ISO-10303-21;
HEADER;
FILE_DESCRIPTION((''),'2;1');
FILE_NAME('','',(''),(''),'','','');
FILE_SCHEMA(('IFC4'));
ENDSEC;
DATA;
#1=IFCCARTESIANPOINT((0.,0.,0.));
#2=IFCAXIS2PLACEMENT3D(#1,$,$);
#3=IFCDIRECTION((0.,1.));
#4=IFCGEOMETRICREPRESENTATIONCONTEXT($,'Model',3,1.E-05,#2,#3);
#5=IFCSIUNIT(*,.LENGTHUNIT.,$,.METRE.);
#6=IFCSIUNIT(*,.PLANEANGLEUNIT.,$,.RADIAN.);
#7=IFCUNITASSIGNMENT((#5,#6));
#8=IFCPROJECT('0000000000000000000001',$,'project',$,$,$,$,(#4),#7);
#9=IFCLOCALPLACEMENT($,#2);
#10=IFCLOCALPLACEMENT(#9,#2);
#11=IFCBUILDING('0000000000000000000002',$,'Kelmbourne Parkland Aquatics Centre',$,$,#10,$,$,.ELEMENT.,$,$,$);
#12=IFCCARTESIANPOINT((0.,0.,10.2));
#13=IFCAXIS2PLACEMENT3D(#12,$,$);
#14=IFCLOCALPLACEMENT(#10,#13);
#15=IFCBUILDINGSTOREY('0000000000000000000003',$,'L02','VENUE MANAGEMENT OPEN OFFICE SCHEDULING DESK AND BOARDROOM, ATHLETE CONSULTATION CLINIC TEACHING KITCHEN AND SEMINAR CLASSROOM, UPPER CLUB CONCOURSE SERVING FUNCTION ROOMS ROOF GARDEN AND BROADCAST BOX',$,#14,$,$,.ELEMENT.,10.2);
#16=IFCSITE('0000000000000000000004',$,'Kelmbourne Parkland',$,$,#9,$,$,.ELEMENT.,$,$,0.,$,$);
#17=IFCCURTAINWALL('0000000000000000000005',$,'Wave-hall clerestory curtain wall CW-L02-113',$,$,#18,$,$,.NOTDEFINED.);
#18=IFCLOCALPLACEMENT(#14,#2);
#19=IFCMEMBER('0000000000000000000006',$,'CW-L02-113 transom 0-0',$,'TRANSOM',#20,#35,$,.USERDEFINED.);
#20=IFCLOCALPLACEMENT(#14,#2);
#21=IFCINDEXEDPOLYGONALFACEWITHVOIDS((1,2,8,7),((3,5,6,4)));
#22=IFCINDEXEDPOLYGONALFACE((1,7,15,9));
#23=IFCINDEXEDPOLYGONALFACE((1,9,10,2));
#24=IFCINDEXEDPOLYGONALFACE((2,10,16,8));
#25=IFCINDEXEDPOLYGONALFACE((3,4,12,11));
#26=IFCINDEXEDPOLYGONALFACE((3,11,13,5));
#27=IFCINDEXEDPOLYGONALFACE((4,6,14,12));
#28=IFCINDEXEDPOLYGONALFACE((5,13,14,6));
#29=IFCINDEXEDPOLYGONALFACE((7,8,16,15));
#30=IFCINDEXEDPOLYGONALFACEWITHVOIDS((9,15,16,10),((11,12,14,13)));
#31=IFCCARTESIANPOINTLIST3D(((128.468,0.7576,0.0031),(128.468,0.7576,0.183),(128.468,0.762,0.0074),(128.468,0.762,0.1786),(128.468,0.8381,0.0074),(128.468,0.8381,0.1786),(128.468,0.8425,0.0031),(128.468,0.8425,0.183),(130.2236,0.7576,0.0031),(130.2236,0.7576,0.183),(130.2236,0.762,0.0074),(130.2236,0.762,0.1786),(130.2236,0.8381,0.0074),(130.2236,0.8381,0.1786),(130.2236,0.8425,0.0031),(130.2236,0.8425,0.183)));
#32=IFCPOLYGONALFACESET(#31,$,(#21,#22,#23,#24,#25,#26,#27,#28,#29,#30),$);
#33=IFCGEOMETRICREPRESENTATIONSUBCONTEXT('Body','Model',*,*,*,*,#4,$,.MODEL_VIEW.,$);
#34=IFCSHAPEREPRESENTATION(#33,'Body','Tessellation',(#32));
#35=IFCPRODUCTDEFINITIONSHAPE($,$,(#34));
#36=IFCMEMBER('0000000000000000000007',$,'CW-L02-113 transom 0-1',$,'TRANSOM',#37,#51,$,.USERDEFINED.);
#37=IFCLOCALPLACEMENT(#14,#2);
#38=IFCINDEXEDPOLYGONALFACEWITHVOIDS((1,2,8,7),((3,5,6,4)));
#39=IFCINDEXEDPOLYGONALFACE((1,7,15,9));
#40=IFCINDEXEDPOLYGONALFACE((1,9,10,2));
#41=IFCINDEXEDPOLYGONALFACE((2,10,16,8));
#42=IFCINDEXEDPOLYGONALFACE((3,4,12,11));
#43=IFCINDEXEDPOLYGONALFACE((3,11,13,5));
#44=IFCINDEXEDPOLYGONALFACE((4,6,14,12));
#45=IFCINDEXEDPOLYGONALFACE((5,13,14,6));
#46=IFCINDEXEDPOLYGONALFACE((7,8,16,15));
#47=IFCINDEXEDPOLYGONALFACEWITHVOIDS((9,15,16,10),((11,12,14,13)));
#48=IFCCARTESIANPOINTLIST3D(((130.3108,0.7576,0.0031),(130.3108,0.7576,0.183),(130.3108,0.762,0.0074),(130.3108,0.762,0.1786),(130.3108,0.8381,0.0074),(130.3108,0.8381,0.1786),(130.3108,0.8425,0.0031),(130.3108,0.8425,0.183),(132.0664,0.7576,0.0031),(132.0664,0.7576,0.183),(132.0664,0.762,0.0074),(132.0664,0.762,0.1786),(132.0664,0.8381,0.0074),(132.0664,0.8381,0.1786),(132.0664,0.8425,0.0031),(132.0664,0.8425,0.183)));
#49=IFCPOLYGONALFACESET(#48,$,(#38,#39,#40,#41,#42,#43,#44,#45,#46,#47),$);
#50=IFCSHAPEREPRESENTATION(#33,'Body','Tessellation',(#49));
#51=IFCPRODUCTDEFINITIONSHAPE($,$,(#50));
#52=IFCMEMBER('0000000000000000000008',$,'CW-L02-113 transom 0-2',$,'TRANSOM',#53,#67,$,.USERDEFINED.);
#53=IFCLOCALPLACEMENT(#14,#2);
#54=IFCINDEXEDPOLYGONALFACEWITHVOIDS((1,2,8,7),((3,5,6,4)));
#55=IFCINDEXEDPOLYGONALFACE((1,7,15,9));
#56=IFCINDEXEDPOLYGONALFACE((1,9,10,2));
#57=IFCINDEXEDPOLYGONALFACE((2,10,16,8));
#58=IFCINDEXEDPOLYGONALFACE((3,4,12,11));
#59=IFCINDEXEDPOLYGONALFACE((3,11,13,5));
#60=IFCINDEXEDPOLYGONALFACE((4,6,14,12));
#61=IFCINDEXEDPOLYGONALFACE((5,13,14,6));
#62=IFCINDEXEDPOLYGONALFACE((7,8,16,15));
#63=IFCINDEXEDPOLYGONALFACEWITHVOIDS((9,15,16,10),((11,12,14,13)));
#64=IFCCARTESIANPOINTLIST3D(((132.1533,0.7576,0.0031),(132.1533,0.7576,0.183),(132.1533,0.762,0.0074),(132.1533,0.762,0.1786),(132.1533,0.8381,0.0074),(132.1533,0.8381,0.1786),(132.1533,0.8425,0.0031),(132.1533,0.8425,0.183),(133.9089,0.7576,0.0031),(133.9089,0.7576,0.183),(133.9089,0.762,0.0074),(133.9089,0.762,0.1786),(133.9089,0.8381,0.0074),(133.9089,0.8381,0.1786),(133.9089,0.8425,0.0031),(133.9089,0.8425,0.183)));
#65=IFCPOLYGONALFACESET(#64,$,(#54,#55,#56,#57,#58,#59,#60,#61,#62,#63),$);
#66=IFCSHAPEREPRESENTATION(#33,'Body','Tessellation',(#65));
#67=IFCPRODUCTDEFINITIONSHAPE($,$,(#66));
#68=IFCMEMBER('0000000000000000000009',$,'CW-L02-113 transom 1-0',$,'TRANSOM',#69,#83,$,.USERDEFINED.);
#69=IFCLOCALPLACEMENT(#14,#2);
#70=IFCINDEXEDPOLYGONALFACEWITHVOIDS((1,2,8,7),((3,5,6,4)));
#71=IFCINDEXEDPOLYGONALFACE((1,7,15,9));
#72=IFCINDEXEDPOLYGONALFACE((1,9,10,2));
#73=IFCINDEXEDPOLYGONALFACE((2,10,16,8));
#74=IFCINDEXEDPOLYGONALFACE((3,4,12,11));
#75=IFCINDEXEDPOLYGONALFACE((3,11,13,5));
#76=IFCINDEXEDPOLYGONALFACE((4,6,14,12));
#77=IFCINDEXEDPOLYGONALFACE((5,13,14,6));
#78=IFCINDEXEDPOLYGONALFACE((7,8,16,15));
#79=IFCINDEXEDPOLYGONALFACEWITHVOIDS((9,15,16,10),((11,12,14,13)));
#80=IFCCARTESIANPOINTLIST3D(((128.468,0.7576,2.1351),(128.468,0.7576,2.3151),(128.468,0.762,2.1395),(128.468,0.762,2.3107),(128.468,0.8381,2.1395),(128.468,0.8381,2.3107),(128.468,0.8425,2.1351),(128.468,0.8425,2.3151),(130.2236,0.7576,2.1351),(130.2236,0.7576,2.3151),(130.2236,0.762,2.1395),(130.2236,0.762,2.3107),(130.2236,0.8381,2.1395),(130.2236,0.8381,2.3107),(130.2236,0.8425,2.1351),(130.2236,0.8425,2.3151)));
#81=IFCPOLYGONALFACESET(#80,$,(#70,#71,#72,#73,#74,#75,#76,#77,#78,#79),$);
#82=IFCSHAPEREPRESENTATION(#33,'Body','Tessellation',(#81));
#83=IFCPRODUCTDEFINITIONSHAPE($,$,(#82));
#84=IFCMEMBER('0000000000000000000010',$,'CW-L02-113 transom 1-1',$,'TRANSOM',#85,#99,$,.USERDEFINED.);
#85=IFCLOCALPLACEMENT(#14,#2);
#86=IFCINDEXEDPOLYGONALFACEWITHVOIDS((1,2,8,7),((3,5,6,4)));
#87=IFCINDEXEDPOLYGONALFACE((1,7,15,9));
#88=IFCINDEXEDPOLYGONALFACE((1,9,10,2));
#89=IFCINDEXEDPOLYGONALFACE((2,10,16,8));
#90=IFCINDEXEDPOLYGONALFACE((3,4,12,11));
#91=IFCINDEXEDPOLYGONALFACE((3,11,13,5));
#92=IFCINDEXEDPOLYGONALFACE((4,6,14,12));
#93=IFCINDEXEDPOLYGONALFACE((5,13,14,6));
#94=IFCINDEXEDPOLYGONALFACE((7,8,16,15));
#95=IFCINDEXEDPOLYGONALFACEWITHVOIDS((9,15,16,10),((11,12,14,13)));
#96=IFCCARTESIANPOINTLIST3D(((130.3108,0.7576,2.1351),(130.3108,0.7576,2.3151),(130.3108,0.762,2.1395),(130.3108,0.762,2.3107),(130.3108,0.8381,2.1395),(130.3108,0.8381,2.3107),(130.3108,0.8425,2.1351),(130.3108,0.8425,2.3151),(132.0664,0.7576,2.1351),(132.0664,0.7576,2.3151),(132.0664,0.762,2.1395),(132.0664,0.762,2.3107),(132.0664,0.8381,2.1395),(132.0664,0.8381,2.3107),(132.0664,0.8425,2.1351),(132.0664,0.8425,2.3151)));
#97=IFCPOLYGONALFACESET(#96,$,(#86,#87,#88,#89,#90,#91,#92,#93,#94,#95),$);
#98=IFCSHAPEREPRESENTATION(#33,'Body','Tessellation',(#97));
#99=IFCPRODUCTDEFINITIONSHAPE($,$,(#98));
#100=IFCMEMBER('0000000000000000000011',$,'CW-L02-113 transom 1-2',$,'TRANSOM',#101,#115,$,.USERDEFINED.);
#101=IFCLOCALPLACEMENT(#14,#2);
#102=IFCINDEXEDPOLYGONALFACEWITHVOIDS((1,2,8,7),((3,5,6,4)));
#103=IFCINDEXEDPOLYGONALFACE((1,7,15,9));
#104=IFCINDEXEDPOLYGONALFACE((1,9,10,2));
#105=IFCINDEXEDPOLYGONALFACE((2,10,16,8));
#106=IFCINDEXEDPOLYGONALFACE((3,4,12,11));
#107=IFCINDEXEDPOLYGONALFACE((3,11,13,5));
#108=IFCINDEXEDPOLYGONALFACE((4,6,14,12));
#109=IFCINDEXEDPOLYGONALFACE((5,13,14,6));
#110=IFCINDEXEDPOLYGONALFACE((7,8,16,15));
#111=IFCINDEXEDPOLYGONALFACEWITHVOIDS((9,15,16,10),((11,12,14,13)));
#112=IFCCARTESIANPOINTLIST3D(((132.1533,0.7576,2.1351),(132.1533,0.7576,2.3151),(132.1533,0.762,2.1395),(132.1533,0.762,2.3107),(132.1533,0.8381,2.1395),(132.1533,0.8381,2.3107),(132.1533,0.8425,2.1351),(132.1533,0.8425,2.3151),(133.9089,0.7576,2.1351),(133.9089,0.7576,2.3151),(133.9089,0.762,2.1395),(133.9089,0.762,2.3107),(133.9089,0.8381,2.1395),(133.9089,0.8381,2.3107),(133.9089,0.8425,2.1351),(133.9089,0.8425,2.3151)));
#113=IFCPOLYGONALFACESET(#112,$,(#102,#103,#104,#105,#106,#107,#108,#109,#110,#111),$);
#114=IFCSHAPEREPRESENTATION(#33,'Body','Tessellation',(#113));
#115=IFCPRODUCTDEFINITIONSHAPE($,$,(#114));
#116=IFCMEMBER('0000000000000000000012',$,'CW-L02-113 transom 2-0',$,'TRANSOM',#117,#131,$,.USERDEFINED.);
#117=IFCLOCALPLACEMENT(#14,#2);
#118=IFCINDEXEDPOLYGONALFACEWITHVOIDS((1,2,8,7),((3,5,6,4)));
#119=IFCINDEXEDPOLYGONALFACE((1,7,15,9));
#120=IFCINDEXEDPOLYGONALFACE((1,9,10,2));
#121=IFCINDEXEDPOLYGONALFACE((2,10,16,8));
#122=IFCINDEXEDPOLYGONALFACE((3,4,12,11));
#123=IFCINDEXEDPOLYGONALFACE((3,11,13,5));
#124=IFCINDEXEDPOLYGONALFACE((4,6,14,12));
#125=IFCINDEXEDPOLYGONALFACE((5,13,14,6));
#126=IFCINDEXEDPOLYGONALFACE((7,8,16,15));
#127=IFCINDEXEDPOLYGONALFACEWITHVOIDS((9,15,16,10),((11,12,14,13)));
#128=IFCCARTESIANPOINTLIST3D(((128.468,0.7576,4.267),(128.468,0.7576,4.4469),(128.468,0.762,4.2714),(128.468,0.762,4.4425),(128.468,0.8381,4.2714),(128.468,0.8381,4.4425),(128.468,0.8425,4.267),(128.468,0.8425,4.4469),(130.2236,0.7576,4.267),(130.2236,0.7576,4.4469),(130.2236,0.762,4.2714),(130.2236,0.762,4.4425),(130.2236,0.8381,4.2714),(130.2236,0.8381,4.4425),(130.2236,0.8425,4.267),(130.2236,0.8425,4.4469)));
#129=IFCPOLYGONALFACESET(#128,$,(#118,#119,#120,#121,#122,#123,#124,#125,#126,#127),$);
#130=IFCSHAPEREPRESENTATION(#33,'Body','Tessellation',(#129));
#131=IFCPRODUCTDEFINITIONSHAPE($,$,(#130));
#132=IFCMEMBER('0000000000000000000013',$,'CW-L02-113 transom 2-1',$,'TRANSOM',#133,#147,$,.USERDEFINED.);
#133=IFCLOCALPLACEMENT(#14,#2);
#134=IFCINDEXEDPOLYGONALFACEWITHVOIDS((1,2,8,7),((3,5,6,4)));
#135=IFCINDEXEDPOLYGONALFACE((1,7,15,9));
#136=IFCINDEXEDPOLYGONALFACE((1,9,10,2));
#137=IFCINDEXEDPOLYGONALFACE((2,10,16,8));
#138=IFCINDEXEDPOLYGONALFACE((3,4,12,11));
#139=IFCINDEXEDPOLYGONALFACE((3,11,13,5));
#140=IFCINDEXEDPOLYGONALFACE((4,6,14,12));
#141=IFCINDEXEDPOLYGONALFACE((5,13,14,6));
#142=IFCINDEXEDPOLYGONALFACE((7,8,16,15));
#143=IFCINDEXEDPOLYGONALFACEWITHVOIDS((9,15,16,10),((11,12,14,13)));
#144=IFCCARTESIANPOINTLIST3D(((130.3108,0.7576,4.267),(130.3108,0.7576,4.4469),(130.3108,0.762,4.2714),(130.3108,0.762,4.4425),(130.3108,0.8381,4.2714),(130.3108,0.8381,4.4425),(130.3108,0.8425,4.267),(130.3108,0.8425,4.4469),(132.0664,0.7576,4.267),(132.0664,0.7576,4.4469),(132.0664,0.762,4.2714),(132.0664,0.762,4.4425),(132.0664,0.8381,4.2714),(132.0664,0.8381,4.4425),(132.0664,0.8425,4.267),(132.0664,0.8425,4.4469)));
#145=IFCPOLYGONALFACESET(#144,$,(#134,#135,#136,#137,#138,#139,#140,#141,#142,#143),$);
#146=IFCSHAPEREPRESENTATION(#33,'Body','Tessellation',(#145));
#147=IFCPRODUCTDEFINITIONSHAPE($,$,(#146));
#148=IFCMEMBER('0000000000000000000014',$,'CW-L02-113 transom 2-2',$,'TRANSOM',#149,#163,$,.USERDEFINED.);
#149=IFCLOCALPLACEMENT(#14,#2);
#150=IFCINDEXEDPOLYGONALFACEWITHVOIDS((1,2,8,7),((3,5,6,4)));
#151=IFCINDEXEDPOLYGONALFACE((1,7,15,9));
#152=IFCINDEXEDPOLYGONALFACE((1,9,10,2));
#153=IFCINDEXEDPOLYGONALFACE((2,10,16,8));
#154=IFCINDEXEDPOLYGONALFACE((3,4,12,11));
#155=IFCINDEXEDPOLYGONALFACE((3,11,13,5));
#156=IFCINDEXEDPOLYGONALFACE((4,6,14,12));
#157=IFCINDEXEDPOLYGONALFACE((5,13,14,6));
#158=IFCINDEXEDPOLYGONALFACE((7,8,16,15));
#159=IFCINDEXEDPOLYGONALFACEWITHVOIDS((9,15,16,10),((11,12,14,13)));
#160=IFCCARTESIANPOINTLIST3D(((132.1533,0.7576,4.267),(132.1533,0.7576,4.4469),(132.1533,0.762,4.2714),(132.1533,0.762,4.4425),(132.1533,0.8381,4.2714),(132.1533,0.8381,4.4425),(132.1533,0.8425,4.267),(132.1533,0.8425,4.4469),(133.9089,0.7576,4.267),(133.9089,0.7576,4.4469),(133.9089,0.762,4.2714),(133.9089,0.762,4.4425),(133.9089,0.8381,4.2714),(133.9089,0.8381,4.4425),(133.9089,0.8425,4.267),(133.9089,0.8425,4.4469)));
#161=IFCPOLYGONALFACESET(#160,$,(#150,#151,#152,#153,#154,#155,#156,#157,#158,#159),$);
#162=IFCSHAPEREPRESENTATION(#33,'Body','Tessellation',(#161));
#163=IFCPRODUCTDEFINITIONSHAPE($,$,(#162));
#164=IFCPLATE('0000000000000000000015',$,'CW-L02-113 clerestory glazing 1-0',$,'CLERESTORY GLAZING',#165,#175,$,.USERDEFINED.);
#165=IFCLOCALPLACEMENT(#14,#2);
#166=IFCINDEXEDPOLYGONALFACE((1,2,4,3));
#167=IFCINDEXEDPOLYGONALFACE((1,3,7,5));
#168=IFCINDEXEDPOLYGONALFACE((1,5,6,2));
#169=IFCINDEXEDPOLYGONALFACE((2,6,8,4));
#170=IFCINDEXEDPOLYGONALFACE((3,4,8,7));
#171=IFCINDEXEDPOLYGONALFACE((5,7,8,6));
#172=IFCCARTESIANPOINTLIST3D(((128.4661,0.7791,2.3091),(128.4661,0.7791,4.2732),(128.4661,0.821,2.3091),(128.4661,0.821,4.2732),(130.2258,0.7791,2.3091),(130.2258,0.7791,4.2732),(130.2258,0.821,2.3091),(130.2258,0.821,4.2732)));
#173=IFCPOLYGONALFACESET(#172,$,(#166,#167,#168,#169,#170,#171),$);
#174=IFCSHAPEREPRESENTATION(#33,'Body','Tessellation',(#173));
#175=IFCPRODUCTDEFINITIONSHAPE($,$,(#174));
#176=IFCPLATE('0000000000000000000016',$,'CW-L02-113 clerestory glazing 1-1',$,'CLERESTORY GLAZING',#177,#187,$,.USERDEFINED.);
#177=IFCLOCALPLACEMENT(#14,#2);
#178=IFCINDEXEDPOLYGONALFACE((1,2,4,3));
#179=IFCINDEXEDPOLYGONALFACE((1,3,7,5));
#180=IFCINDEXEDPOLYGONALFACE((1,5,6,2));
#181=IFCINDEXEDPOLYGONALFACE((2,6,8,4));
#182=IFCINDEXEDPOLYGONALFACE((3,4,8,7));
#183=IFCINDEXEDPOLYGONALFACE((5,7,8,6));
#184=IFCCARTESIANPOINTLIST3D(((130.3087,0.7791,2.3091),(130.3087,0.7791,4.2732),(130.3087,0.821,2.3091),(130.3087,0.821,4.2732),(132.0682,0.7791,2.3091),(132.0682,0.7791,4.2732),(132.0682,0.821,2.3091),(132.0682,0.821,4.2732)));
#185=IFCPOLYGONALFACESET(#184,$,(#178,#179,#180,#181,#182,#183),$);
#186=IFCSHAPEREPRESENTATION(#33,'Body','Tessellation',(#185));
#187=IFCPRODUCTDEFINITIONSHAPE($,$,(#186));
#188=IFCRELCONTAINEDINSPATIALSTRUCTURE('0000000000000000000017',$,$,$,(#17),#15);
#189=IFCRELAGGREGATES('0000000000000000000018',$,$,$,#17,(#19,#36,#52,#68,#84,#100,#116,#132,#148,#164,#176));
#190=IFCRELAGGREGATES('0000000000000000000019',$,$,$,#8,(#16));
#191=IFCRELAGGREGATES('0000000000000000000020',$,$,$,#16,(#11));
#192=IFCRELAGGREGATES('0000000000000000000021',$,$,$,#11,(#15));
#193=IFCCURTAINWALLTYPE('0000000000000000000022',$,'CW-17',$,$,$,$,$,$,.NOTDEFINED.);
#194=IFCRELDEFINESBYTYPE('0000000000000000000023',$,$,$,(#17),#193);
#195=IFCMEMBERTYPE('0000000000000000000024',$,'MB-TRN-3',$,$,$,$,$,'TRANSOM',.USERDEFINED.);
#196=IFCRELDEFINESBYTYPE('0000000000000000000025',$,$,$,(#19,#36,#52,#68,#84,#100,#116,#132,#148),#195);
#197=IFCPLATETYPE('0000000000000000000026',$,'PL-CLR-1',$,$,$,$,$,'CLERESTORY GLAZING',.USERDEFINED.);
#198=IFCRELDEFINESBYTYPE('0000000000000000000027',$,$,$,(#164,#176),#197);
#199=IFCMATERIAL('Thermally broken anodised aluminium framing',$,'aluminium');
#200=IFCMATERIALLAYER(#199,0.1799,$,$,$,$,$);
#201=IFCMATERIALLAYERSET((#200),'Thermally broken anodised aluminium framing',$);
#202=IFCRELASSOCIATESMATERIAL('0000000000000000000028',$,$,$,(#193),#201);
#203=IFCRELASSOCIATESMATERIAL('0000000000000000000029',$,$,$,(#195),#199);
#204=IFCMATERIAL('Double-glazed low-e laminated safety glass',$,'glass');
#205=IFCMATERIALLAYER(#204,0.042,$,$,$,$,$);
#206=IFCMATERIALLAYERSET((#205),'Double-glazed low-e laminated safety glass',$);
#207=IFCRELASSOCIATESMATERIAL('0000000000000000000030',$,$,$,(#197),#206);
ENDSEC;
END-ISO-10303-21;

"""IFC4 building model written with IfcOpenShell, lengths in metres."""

from ifc_helpers import new_model, si_unit, direction, frame, origin, origin_2d, place, context, subcontext, project, spatial, rectangle, hollow_rectangle, extrude, material, layer, layer_set, material_profile, profile_set, type_object, element, aggregate, save


model = new_model("IFC4")

# Units and contexts
model_context = context("Model", 3, precision=1e-05, world=origin(), true_north=direction((0.0, 1.0)))
body_context = subcontext(model_context, "Body", "Model", "MODEL_VIEW")
ifc_project = project(units=[si_unit("LENGTHUNIT", "METRE"), si_unit("PLANEANGLEUNIT", "RADIAN")], contexts=[model_context])

# Site, building, storey
site_placement = place(None, origin())
site = spatial("IfcSite", under=ifc_project, at=site_placement, Name="Kelmbourne Parkland", CompositionType="ELEMENT", RefElevation=0.0)
building_placement = place(site_placement, origin())
building = spatial("IfcBuilding", under=site, at=building_placement, Name="Kelmbourne Parkland Aquatics Centre", CompositionType="ELEMENT")
storey_placement = place(building_placement, frame((0.0, 0.0, 10.2)))
storey = spatial("IfcBuildingStorey", under=building, at=storey_placement, Name="L02", Description="VENUE MANAGEMENT OPEN OFFICE SCHEDULING DESK AND BOARDROOM, ATHLETE CONSULTATION CLINIC TEACHING KITCHEN AND SEMINAR CLASSROOM, UPPER CLUB CONCOURSE SERVING FUNCTION ROOMS ROOF GARDEN AND BROADCAST BOX", CompositionType="ELEMENT", Elevation=10.2)

# Curtain wall
ifc_material_1 = material(Name="Thermally broken anodised aluminium framing", Category="aluminium")
ifc_layer_1 = layer(ifc_material_1, 0.1799)
ifc_layer_set_1 = layer_set([ifc_layer_1], Name="Thermally broken anodised aluminium framing")
curtain_wall_type_1 = type_object("IfcCurtainWallType", Name="CW-17", PredefinedType="NOTDEFINED", material=ifc_layer_set_1)
curtain_wall_1_placement = place(storey_placement, origin())
curtain_wall_1 = element("IfcCurtainWall", 1, at=curtain_wall_1_placement, inside=storey, type_object=curtain_wall_type_1, Name="Wave-hall clerestory curtain wall CW-L02-113", PredefinedType="NOTDEFINED")

# Members
ifc_material_profile_1 = material_profile(ifc_material_1, hollow_rectangle(XDim=0.085, YDim=0.1799, WallThickness=0.0044, at=origin_2d()), Name="CW-T 85x180")
ifc_profile_set_1 = profile_set([ifc_material_profile_1], Name="Thermally broken anodised aluminium framing")
member_type_1 = type_object("IfcMemberType", Name="MB-TRN-3", ElementType="TRANSOM", PredefinedType="USERDEFINED", material=ifc_profile_set_1)
member_1_placement = place(storey_placement, frame((128.468, 0.8, 0.093), z_axis=(1.0, 0.0, 0.0), x_axis=(0.0, 1.0, 0.0)))
member_1 = element("IfcMember", 2, at=member_1_placement, type_object=member_type_1, Name="CW-L02-113 transom 0-0", ObjectType="TRANSOM", PredefinedType="USERDEFINED", context=body_context, shape_type="SweptSolid", body=[
    extrude(hollow_rectangle(XDim=0.085, YDim=0.1799, WallThickness=0.0044, at=origin_2d()), origin(), (0.0, 0.0, 1.0), 1.7556),
])
member_2_placement = place(storey_placement, frame((130.3108, 0.8, 0.093), z_axis=(1.0, 0.0, 0.0), x_axis=(0.0, 1.0, 0.0)))
member_2 = element("IfcMember", 3, at=member_2_placement, type_object=member_type_1, Name="CW-L02-113 transom 0-1", ObjectType="TRANSOM", PredefinedType="USERDEFINED", context=body_context, shape_type="SweptSolid", body=[
    extrude(hollow_rectangle(XDim=0.085, YDim=0.1799, WallThickness=0.0044, at=origin_2d()), origin(), (0.0, 0.0, 1.0), 1.7556),
])
member_3_placement = place(storey_placement, frame((132.1533, 0.8, 0.093), z_axis=(1.0, 0.0, 0.0), x_axis=(0.0, 1.0, 0.0)))
member_3 = element("IfcMember", 4, at=member_3_placement, type_object=member_type_1, Name="CW-L02-113 transom 0-2", ObjectType="TRANSOM", PredefinedType="USERDEFINED", context=body_context, shape_type="SweptSolid", body=[
    extrude(hollow_rectangle(XDim=0.085, YDim=0.1799, WallThickness=0.0044, at=origin_2d()), origin(), (0.0, 0.0, 1.0), 1.7556),
])
member_4_placement = place(storey_placement, frame((128.468, 0.8, 2.2251), z_axis=(1.0, 0.0, 0.0), x_axis=(0.0, 1.0, 0.0)))
member_4 = element("IfcMember", 5, at=member_4_placement, type_object=member_type_1, Name="CW-L02-113 transom 1-0", ObjectType="TRANSOM", PredefinedType="USERDEFINED", context=body_context, shape_type="SweptSolid", body=[
    extrude(hollow_rectangle(XDim=0.085, YDim=0.1799, WallThickness=0.0044, at=origin_2d()), origin(), (0.0, 0.0, 1.0), 1.7556),
])
member_5_placement = place(storey_placement, frame((130.3108, 0.8, 2.2251), z_axis=(1.0, 0.0, 0.0), x_axis=(0.0, 1.0, 0.0)))
member_5 = element("IfcMember", 6, at=member_5_placement, type_object=member_type_1, Name="CW-L02-113 transom 1-1", ObjectType="TRANSOM", PredefinedType="USERDEFINED", context=body_context, shape_type="SweptSolid", body=[
    extrude(hollow_rectangle(XDim=0.085, YDim=0.1799, WallThickness=0.0044, at=origin_2d()), origin(), (0.0, 0.0, 1.0), 1.7556),
])
member_6_placement = place(storey_placement, frame((132.1533, 0.8, 2.2251), z_axis=(1.0, 0.0, 0.0), x_axis=(0.0, 1.0, 0.0)))
member_6 = element("IfcMember", 7, at=member_6_placement, type_object=member_type_1, Name="CW-L02-113 transom 1-2", ObjectType="TRANSOM", PredefinedType="USERDEFINED", context=body_context, shape_type="SweptSolid", body=[
    extrude(hollow_rectangle(XDim=0.085, YDim=0.1799, WallThickness=0.0044, at=origin_2d()), origin(), (0.0, 0.0, 1.0), 1.7556),
])
member_7_placement = place(storey_placement, frame((128.468, 0.8, 4.3569), z_axis=(1.0, 0.0, 0.0), x_axis=(0.0, 1.0, 0.0)))
member_7 = element("IfcMember", 8, at=member_7_placement, type_object=member_type_1, Name="CW-L02-113 transom 2-0", ObjectType="TRANSOM", PredefinedType="USERDEFINED", context=body_context, shape_type="SweptSolid", body=[
    extrude(hollow_rectangle(XDim=0.085, YDim=0.1799, WallThickness=0.0044, at=origin_2d()), origin(), (0.0, 0.0, 1.0), 1.7556),
])
member_8_placement = place(storey_placement, frame((130.3108, 0.8, 4.3569), z_axis=(1.0, 0.0, 0.0), x_axis=(0.0, 1.0, 0.0)))
member_8 = element("IfcMember", 9, at=member_8_placement, type_object=member_type_1, Name="CW-L02-113 transom 2-1", ObjectType="TRANSOM", PredefinedType="USERDEFINED", context=body_context, shape_type="SweptSolid", body=[
    extrude(hollow_rectangle(XDim=0.085, YDim=0.1799, WallThickness=0.0044, at=origin_2d()), origin(), (0.0, 0.0, 1.0), 1.7556),
])
member_9_placement = place(storey_placement, frame((132.1533, 0.8, 4.3569), z_axis=(1.0, 0.0, 0.0), x_axis=(0.0, 1.0, 0.0)))
member_9 = element("IfcMember", 10, at=member_9_placement, type_object=member_type_1, Name="CW-L02-113 transom 2-2", ObjectType="TRANSOM", PredefinedType="USERDEFINED", context=body_context, shape_type="SweptSolid", body=[
    extrude(hollow_rectangle(XDim=0.085, YDim=0.1799, WallThickness=0.0044, at=origin_2d()), origin(), (0.0, 0.0, 1.0), 1.7556),
])

# Plates
ifc_material_2 = material(Name="Double-glazed low-e laminated safety glass", Category="glass")
ifc_layer_2 = layer(ifc_material_2, 0.042)
ifc_layer_set_2 = layer_set([ifc_layer_2], Name="Double-glazed low-e laminated safety glass")
plate_type_1 = type_object("IfcPlateType", Name="PL-CLR-1", ElementType="CLERESTORY GLAZING", PredefinedType="USERDEFINED", material=ifc_layer_set_2)
plate_1_placement = place(storey_placement, frame((129.3459, 0.8, 2.3091), z_axis=(0.0, 0.0, 1.0), x_axis=(1.0, 0.0, 0.0)))
plate_1 = element("IfcPlate", 11, at=plate_1_placement, type_object=plate_type_1, Name="CW-L02-113 clerestory glazing 1-0", ObjectType="CLERESTORY GLAZING", PredefinedType="USERDEFINED", context=body_context, shape_type="SweptSolid", body=[
    extrude(rectangle(XDim=1.7598, YDim=0.042, at=origin_2d()), origin(), (0.0, 0.0, 1.0), 1.9641),
])
plate_2_placement = place(storey_placement, frame((131.1885, 0.8, 2.3091), z_axis=(0.0, 0.0, 1.0), x_axis=(1.0, 0.0, 0.0)))
plate_2 = element("IfcPlate", 12, at=plate_2_placement, type_object=plate_type_1, Name="CW-L02-113 clerestory glazing 1-1", ObjectType="CLERESTORY GLAZING", PredefinedType="USERDEFINED", context=body_context, shape_type="SweptSolid", body=[
    extrude(rectangle(XDim=1.7595, YDim=0.042, at=origin_2d()), origin(), (0.0, 0.0, 1.0), 1.9641),
])
aggregate(curtain_wall_1, [member_1, member_2, member_3, member_4, member_5, member_6, member_7, member_8, member_9, plate_1, plate_2])

save(model, "model.ifc")
